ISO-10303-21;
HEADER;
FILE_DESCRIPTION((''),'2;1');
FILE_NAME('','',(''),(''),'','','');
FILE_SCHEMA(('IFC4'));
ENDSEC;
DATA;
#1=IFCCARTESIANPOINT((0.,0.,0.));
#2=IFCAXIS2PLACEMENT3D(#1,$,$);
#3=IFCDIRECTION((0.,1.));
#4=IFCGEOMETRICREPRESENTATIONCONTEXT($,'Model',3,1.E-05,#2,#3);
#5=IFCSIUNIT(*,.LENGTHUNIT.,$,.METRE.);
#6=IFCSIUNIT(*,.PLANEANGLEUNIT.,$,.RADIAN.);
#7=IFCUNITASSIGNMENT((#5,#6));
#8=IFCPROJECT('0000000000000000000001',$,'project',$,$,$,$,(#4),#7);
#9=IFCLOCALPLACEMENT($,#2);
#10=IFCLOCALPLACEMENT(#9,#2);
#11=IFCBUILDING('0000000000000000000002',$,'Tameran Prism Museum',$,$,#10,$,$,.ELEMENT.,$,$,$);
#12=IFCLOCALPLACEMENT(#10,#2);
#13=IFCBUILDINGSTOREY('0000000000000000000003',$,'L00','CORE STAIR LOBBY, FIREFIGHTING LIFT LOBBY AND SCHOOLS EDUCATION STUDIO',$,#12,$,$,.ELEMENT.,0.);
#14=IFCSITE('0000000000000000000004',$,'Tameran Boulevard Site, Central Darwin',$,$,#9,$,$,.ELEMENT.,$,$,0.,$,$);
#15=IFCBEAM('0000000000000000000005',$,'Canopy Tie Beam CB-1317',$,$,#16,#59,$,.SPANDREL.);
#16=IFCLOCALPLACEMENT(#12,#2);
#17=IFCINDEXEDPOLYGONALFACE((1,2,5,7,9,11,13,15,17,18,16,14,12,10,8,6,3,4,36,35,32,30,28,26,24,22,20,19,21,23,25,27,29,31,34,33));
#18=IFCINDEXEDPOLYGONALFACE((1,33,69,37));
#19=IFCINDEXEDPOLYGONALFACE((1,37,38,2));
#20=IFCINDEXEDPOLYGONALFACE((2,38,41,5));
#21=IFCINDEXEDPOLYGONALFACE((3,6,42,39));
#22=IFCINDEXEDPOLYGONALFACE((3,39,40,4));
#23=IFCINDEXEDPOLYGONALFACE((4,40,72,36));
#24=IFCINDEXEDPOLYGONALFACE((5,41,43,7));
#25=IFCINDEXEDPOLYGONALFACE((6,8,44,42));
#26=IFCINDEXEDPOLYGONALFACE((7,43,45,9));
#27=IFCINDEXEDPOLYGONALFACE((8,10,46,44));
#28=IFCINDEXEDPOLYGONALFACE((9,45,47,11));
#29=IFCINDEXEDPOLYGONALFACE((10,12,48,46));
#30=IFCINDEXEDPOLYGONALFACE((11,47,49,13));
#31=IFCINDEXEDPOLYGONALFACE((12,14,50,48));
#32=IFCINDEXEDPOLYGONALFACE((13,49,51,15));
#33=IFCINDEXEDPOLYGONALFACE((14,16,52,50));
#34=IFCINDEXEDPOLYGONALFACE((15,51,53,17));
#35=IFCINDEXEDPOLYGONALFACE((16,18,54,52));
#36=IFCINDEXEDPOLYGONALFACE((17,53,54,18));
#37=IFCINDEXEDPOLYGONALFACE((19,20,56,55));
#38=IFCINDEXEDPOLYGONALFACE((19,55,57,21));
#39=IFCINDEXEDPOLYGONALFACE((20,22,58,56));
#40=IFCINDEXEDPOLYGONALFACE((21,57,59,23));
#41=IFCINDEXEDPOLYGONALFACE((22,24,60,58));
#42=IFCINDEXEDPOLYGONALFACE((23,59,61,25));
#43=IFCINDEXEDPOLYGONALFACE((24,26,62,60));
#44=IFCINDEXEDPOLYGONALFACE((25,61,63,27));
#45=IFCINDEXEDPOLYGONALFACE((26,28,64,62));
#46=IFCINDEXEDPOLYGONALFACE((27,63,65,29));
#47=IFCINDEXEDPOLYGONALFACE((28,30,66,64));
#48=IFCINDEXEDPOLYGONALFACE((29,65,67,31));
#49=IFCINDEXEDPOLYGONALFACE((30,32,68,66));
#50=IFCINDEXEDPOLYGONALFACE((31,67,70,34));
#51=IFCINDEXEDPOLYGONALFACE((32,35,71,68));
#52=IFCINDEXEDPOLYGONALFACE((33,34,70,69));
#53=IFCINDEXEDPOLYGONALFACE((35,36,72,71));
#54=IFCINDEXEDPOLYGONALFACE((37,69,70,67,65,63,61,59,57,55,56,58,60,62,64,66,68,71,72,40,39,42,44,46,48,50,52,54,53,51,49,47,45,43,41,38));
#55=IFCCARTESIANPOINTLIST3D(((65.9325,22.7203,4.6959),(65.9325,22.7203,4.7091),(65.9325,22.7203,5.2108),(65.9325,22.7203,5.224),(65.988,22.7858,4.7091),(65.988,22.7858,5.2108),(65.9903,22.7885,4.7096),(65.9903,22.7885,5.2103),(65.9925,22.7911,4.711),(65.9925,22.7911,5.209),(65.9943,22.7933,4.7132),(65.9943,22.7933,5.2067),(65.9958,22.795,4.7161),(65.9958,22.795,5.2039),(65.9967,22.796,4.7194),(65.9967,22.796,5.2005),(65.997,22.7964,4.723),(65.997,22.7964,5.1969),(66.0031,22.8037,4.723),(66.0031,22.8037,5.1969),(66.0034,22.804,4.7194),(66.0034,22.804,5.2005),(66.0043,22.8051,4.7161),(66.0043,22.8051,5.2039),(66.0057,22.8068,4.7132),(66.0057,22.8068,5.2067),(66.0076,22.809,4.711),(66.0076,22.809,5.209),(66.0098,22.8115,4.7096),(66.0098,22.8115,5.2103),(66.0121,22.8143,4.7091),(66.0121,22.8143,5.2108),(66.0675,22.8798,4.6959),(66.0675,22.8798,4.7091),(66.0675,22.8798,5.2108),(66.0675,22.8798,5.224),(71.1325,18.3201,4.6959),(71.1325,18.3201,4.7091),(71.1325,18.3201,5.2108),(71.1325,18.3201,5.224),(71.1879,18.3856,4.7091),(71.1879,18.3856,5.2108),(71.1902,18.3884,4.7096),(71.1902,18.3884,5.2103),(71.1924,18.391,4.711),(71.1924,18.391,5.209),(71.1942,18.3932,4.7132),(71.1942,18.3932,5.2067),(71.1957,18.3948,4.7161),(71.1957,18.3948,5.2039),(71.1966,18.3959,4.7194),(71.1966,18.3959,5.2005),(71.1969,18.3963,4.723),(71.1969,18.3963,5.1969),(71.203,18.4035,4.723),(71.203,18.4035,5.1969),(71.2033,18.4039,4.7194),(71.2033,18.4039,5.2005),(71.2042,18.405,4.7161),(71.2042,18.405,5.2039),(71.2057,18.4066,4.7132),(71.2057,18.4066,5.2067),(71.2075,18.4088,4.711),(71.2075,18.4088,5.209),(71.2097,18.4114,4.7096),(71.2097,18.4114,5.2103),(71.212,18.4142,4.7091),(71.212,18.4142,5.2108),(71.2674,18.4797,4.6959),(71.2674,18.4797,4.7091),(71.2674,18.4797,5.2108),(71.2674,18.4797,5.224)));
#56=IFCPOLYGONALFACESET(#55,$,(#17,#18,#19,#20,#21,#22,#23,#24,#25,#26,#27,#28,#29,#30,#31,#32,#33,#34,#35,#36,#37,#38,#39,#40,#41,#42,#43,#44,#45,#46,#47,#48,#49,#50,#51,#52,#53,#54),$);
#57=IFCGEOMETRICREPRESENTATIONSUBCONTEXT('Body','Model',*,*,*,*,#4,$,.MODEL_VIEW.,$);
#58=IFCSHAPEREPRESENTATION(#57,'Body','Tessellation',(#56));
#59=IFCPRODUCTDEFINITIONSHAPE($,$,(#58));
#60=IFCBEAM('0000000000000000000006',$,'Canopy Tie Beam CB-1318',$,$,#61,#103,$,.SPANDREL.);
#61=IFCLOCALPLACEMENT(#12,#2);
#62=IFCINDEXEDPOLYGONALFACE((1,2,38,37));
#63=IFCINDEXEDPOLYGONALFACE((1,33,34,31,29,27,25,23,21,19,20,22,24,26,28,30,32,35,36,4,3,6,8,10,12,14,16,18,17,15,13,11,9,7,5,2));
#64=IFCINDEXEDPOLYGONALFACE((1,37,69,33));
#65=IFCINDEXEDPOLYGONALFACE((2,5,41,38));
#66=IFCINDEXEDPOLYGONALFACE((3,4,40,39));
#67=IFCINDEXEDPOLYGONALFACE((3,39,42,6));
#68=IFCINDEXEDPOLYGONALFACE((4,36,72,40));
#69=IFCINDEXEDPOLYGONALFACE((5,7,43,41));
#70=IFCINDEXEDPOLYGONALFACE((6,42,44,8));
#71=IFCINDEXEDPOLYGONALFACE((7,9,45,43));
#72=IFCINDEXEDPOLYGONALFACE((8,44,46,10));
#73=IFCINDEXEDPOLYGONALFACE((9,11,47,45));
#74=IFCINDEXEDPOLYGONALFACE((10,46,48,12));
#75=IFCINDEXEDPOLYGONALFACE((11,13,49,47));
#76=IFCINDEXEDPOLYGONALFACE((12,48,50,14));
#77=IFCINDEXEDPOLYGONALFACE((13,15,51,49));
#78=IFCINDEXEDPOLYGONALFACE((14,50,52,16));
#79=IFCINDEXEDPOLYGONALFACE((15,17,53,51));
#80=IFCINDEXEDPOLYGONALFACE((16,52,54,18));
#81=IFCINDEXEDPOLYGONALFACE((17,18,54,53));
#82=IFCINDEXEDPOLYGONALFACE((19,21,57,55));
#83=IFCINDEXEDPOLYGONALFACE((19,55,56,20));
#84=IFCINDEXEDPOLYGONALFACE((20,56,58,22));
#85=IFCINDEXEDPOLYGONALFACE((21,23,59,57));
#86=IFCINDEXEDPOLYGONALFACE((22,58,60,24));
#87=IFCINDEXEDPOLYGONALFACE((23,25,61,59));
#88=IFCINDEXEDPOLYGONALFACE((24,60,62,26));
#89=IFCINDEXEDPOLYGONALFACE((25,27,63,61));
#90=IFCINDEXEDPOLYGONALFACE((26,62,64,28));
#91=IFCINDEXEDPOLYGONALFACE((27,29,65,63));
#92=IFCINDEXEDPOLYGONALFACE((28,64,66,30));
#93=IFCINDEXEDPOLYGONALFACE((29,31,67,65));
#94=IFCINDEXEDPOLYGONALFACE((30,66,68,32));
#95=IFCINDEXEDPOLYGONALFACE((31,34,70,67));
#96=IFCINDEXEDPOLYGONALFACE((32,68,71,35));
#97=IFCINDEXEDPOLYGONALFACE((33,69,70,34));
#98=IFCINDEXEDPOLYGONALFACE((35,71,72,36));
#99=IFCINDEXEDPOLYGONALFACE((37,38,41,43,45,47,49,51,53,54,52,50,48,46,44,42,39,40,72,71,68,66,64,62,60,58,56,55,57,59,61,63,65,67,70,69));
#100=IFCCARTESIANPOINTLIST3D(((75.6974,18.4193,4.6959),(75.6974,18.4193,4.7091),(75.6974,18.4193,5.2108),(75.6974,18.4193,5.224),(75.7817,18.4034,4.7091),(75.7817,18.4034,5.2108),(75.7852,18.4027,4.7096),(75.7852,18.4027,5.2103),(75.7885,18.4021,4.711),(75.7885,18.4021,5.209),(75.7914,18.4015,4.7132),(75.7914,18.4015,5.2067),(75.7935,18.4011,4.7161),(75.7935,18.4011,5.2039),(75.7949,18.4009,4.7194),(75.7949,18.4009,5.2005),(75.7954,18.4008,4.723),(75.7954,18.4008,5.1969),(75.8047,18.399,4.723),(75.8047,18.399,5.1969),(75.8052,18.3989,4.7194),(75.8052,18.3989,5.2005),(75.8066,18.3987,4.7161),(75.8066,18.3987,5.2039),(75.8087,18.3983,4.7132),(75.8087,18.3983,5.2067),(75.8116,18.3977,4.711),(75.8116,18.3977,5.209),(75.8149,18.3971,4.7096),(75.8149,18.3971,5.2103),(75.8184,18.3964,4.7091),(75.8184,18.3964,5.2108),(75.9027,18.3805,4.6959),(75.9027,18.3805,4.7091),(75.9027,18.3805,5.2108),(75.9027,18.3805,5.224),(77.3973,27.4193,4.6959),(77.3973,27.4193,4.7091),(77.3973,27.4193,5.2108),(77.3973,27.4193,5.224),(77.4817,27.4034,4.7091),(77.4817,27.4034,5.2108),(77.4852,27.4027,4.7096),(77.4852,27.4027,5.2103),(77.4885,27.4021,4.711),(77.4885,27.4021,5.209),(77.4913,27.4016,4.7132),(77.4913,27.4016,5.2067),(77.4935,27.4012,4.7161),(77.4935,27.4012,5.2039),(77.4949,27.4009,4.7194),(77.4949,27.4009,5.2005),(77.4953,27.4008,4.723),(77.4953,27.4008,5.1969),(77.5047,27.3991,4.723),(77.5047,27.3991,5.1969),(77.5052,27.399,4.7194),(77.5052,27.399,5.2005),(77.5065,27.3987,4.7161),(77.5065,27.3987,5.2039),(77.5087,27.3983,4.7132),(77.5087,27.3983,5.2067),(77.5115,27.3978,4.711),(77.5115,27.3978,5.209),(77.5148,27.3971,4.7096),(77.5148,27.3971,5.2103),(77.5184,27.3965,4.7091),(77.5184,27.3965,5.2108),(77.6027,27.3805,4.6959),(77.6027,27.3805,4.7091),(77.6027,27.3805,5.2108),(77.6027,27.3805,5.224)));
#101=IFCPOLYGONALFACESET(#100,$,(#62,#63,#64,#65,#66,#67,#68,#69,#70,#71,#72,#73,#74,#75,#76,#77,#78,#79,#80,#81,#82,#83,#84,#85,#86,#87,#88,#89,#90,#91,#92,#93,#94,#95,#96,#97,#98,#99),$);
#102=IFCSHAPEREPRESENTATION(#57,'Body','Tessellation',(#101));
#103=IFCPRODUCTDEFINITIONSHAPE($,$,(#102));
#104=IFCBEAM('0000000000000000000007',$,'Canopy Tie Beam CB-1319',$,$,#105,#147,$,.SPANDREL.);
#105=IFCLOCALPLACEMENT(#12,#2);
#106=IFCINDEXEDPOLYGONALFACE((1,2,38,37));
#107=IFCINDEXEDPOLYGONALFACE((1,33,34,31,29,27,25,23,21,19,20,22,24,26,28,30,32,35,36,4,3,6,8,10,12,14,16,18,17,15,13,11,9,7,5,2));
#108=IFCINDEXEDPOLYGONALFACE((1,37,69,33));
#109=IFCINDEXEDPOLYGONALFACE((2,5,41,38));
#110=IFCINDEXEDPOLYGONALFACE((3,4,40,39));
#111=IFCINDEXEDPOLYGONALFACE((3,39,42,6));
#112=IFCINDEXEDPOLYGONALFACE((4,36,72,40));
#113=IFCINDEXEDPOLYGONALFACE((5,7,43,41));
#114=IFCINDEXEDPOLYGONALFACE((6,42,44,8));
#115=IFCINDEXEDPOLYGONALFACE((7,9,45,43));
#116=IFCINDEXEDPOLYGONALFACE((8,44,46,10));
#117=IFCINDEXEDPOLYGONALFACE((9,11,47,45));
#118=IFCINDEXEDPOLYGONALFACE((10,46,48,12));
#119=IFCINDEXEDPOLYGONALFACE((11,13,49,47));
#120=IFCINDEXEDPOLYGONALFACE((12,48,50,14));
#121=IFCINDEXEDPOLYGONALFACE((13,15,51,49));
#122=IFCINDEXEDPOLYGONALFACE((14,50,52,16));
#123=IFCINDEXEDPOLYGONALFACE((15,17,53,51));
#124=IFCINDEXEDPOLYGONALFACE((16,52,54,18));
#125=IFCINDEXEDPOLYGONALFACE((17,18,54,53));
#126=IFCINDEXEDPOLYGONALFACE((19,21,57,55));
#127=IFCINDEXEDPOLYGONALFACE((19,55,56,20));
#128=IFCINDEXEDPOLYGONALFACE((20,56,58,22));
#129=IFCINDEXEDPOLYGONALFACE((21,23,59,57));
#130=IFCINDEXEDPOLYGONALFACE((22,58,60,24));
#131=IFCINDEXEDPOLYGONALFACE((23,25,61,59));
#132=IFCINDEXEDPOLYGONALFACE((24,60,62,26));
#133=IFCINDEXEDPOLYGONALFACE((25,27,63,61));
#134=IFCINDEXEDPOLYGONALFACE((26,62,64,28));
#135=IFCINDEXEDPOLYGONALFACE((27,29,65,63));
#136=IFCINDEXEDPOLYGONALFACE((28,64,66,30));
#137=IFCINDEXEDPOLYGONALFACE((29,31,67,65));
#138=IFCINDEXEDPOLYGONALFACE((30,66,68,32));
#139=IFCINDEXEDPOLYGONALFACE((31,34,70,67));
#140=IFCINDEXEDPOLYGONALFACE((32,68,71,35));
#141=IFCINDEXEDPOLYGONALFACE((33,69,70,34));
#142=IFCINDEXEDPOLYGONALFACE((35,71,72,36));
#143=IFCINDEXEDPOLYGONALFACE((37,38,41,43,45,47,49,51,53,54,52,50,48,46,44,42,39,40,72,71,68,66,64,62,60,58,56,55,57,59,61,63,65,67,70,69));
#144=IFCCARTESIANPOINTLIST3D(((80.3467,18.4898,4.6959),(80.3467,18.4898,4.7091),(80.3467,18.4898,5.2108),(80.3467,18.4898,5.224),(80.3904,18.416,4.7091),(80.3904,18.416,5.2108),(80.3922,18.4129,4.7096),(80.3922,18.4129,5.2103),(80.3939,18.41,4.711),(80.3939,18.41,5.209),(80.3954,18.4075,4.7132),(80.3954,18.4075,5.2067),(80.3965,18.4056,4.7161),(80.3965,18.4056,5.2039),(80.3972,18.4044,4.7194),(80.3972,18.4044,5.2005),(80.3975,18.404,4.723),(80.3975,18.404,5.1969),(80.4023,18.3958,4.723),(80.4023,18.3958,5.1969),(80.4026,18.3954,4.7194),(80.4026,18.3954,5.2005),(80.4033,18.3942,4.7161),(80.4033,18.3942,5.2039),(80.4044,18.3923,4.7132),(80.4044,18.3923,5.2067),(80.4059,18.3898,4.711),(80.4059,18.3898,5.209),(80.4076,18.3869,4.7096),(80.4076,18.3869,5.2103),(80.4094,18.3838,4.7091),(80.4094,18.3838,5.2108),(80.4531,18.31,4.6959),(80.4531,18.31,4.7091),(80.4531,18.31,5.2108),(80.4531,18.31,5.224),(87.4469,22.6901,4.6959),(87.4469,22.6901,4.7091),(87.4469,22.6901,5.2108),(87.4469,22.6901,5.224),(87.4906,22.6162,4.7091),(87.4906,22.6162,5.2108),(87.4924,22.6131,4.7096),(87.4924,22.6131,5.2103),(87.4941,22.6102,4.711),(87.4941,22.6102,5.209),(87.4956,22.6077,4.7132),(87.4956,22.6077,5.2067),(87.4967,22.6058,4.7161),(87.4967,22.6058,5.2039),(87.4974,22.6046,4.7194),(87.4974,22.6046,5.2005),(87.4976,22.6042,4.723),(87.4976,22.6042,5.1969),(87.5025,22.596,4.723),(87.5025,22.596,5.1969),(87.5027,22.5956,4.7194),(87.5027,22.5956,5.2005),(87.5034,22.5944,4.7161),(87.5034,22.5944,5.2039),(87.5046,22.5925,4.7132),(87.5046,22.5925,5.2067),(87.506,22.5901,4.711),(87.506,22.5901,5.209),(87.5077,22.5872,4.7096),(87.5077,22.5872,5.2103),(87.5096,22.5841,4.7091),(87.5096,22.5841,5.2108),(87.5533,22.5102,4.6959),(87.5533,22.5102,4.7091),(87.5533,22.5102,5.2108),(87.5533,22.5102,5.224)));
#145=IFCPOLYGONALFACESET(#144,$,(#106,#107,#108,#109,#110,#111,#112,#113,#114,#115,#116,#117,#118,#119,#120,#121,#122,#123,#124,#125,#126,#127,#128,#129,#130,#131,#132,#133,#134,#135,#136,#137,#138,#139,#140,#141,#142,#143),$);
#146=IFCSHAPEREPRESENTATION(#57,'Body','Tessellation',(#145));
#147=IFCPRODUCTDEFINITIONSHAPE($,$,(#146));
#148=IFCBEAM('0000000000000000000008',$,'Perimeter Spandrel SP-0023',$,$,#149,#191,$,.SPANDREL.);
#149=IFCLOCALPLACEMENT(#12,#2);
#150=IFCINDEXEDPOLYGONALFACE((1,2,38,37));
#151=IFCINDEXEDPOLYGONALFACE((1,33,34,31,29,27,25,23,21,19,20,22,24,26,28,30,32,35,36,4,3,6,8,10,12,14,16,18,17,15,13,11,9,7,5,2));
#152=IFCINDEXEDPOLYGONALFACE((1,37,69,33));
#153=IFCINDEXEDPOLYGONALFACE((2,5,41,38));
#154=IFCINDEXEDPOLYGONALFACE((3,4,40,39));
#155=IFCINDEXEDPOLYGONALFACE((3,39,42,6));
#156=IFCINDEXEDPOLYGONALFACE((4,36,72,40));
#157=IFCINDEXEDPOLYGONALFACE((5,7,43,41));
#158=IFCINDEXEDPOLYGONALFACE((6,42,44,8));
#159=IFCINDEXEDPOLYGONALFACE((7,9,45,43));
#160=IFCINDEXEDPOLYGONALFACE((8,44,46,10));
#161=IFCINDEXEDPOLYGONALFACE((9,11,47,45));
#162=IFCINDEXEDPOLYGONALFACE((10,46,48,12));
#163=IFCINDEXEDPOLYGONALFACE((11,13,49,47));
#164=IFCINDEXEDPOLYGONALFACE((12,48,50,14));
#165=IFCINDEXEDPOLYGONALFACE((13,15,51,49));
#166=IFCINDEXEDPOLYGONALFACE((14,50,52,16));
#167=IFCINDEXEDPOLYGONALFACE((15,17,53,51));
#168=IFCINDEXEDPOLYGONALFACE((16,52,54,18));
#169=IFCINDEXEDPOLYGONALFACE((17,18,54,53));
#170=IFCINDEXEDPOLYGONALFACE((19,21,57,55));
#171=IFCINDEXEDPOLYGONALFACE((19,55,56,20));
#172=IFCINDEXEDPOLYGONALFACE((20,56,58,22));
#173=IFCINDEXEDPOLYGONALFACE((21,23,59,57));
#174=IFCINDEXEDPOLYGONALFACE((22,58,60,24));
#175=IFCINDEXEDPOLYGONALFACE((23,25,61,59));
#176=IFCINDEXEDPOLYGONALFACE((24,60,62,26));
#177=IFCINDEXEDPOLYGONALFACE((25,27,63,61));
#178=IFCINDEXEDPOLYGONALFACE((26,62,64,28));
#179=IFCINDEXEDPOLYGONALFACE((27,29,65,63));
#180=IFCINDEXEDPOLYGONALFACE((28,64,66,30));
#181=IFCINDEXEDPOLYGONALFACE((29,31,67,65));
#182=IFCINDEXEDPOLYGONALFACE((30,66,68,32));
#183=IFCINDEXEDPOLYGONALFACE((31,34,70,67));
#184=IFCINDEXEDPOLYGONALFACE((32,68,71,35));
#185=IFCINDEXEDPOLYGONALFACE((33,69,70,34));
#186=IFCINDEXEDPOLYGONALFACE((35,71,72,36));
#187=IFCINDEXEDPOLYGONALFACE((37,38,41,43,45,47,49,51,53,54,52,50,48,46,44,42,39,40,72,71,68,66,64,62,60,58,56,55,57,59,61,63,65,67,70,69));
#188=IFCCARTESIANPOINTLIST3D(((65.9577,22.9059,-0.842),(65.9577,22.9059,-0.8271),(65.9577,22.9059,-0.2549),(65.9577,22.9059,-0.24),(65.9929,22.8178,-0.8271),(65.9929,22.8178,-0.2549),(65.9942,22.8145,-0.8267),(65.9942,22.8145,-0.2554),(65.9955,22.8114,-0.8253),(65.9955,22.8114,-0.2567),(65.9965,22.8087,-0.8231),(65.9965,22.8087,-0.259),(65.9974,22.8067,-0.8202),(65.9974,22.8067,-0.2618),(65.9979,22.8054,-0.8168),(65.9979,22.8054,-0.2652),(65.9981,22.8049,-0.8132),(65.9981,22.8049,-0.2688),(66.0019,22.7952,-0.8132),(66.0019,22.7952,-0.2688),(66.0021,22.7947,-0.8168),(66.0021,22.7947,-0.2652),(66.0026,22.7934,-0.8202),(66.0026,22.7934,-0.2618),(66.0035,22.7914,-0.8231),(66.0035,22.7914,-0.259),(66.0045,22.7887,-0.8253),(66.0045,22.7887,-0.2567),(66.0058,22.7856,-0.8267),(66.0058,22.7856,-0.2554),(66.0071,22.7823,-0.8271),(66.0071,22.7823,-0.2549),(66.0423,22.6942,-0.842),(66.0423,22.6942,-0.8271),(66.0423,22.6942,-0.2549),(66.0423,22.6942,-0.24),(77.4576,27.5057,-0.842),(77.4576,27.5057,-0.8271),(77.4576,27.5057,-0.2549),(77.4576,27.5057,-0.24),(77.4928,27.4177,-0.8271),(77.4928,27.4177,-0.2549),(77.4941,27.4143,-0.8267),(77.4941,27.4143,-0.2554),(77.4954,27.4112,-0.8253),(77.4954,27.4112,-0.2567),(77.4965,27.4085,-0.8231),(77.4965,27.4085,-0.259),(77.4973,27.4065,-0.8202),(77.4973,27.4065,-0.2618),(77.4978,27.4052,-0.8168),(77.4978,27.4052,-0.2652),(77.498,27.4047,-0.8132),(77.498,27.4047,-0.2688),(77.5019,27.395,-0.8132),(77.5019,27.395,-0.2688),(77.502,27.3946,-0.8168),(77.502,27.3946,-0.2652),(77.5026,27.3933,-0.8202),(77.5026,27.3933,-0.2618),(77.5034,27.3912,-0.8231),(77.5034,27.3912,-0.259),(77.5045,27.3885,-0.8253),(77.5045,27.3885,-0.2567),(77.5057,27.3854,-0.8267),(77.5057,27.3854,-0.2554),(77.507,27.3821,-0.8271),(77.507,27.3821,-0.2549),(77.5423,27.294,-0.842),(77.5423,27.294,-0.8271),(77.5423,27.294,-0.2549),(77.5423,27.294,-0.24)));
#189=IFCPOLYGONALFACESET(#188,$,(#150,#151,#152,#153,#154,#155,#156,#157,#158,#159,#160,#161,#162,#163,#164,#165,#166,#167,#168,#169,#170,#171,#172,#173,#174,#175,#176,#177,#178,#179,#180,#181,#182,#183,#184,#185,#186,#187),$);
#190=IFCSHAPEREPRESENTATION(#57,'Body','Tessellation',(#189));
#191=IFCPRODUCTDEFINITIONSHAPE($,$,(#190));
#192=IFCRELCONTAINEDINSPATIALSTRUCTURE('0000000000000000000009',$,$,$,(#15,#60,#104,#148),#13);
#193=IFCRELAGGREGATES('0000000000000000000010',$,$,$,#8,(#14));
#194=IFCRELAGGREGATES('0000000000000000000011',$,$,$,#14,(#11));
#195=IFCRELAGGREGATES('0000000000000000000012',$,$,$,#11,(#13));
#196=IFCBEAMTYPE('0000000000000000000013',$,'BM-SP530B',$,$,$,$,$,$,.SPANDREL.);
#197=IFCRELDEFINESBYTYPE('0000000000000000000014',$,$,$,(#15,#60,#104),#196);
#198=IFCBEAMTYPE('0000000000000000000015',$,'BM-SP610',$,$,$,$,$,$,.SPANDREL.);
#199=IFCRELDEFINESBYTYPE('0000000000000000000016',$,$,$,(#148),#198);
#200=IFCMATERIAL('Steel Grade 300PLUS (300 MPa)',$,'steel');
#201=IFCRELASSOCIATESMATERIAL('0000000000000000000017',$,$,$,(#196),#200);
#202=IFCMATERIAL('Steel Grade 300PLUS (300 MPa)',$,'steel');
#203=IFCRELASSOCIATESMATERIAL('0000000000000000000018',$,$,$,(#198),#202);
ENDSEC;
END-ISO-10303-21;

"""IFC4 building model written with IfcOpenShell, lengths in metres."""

from ifc_helpers import new_model, si_unit, direction, frame, origin, origin_2d, place, context, subcontext, project, spatial, i_section, extrude, material, material_profile, profile_set, type_object, element, save


model = new_model("IFC4")

# Units and contexts
model_context = context("Model", 3, precision=1e-05, world=origin(), true_north=direction((0.0, 1.0)))
body_context = subcontext(model_context, "Body", "Model", "MODEL_VIEW")
ifc_project = project(units=[si_unit("LENGTHUNIT", "METRE"), si_unit("PLANEANGLEUNIT", "RADIAN")], contexts=[model_context])

# Site, building, storey
site_placement = place(None, origin())
site = spatial("IfcSite", under=ifc_project, at=site_placement, Name="Tameran Boulevard Site, Central Darwin", CompositionType="ELEMENT", RefElevation=0.0)
building_placement = place(site_placement, origin())
building = spatial("IfcBuilding", under=site, at=building_placement, Name="Tameran Prism Museum", CompositionType="ELEMENT")
storey_placement = place(building_placement, origin())
storey = spatial("IfcBuildingStorey", under=building, at=storey_placement, Name="L00", Description="CORE STAIR LOBBY, FIREFIGHTING LIFT LOBBY AND SCHOOLS EDUCATION STUDIO", CompositionType="ELEMENT", Elevation=0.0)

# Beams
ifc_material_1 = material(Name="Steel Grade 300PLUS (300 MPa)", Category="steel")
ifc_material_profile_1 = material_profile(ifc_material_1, i_section(OverallWidth=0.209, OverallDepth=0.5281, WebThickness=0.0095, FlangeThickness=0.0132, FilletRadius=0.0139, at=origin_2d()))
ifc_profile_set_1 = profile_set([ifc_material_profile_1])
beam_type_1 = type_object("IfcBeamType", Name="BM-SP530B", PredefinedType="SPANDREL", material=ifc_profile_set_1)
beam_1_placement = place(storey_placement, frame((71.2, 18.3999, 4.96), z_axis=(-0.763373, 0.645958, 0.0), x_axis=(-0.645958, -0.763373, 0.0)))
element("IfcBeam", 1, at=beam_1_placement, inside=storey, type_object=beam_type_1, Name="Canopy Tie Beam CB-1317", PredefinedType="SPANDREL", context=body_context, shape_type="SweptSolid", body=[
    extrude(i_section(OverallWidth=0.209, OverallDepth=0.5281, WebThickness=0.0095, FlangeThickness=0.0132, FilletRadius=0.0139, at=origin_2d()), origin(), (0.0, 0.0, 1.0), 6.8118),
])
beam_2_placement = place(storey_placement, frame((75.8, 18.3999, 4.96), z_axis=(0.185602, 0.982625, 0.0), x_axis=(-0.982625, 0.185602, 0.0)))
element("IfcBeam", 2, at=beam_2_placement, inside=storey, type_object=beam_type_1, Name="Canopy Tie Beam CB-1318", PredefinedType="SPANDREL", context=body_context, shape_type="SweptSolid", body=[
    extrude(i_section(OverallWidth=0.209, OverallDepth=0.5281, WebThickness=0.0095, FlangeThickness=0.0132, FilletRadius=0.0139, at=origin_2d()), origin(), (0.0, 0.0, 1.0), 9.1592),
])
beam_3_placement = place(storey_placement, frame((80.3999, 18.3999, 4.96), z_axis=(0.860678, 0.50915, 0.0), x_axis=(-0.50915, 0.860678, 0.0)))
element("IfcBeam", 3, at=beam_3_placement, inside=storey, type_object=beam_type_1, Name="Canopy Tie Beam CB-1319", PredefinedType="SPANDREL", context=body_context, shape_type="SweptSolid", body=[
    extrude(i_section(OverallWidth=0.209, OverallDepth=0.5281, WebThickness=0.0095, FlangeThickness=0.0132, FilletRadius=0.0139, at=origin_2d()), origin(), (0.0, 0.0, 1.0), 8.2495),
])
ifc_material_2 = material(Name="Steel Grade 300PLUS (300 MPa)", Category="steel")
ifc_material_profile_2 = material_profile(ifc_material_2, i_section(OverallWidth=0.228, OverallDepth=0.6021, WebThickness=0.0105, FlangeThickness=0.0149, FilletRadius=0.0139, at=origin_2d()))
ifc_profile_set_2 = profile_set([ifc_material_profile_2])
beam_type_2 = type_object("IfcBeamType", Name="BM-SP610", PredefinedType="SPANDREL", material=ifc_profile_set_2)
beam_4_placement = place(storey_placement, frame((66.0, 22.8, -0.541), z_axis=(0.928481, 0.37138, 0.0), x_axis=(-0.37138, 0.928481, 0.0)))
element("IfcBeam", 4, at=beam_4_placement, inside=storey, type_object=beam_type_2, Name="Perimeter Spandrel SP-0023", PredefinedType="SPANDREL", context=body_context, shape_type="SweptSolid", body=[
    extrude(i_section(OverallWidth=0.228, OverallDepth=0.6021, WebThickness=0.0105, FlangeThickness=0.0149, FilletRadius=0.0139, at=origin_2d()), origin(), (0.0, 0.0, 1.0), 12.3857),
])

save(model, "model.ifc")
